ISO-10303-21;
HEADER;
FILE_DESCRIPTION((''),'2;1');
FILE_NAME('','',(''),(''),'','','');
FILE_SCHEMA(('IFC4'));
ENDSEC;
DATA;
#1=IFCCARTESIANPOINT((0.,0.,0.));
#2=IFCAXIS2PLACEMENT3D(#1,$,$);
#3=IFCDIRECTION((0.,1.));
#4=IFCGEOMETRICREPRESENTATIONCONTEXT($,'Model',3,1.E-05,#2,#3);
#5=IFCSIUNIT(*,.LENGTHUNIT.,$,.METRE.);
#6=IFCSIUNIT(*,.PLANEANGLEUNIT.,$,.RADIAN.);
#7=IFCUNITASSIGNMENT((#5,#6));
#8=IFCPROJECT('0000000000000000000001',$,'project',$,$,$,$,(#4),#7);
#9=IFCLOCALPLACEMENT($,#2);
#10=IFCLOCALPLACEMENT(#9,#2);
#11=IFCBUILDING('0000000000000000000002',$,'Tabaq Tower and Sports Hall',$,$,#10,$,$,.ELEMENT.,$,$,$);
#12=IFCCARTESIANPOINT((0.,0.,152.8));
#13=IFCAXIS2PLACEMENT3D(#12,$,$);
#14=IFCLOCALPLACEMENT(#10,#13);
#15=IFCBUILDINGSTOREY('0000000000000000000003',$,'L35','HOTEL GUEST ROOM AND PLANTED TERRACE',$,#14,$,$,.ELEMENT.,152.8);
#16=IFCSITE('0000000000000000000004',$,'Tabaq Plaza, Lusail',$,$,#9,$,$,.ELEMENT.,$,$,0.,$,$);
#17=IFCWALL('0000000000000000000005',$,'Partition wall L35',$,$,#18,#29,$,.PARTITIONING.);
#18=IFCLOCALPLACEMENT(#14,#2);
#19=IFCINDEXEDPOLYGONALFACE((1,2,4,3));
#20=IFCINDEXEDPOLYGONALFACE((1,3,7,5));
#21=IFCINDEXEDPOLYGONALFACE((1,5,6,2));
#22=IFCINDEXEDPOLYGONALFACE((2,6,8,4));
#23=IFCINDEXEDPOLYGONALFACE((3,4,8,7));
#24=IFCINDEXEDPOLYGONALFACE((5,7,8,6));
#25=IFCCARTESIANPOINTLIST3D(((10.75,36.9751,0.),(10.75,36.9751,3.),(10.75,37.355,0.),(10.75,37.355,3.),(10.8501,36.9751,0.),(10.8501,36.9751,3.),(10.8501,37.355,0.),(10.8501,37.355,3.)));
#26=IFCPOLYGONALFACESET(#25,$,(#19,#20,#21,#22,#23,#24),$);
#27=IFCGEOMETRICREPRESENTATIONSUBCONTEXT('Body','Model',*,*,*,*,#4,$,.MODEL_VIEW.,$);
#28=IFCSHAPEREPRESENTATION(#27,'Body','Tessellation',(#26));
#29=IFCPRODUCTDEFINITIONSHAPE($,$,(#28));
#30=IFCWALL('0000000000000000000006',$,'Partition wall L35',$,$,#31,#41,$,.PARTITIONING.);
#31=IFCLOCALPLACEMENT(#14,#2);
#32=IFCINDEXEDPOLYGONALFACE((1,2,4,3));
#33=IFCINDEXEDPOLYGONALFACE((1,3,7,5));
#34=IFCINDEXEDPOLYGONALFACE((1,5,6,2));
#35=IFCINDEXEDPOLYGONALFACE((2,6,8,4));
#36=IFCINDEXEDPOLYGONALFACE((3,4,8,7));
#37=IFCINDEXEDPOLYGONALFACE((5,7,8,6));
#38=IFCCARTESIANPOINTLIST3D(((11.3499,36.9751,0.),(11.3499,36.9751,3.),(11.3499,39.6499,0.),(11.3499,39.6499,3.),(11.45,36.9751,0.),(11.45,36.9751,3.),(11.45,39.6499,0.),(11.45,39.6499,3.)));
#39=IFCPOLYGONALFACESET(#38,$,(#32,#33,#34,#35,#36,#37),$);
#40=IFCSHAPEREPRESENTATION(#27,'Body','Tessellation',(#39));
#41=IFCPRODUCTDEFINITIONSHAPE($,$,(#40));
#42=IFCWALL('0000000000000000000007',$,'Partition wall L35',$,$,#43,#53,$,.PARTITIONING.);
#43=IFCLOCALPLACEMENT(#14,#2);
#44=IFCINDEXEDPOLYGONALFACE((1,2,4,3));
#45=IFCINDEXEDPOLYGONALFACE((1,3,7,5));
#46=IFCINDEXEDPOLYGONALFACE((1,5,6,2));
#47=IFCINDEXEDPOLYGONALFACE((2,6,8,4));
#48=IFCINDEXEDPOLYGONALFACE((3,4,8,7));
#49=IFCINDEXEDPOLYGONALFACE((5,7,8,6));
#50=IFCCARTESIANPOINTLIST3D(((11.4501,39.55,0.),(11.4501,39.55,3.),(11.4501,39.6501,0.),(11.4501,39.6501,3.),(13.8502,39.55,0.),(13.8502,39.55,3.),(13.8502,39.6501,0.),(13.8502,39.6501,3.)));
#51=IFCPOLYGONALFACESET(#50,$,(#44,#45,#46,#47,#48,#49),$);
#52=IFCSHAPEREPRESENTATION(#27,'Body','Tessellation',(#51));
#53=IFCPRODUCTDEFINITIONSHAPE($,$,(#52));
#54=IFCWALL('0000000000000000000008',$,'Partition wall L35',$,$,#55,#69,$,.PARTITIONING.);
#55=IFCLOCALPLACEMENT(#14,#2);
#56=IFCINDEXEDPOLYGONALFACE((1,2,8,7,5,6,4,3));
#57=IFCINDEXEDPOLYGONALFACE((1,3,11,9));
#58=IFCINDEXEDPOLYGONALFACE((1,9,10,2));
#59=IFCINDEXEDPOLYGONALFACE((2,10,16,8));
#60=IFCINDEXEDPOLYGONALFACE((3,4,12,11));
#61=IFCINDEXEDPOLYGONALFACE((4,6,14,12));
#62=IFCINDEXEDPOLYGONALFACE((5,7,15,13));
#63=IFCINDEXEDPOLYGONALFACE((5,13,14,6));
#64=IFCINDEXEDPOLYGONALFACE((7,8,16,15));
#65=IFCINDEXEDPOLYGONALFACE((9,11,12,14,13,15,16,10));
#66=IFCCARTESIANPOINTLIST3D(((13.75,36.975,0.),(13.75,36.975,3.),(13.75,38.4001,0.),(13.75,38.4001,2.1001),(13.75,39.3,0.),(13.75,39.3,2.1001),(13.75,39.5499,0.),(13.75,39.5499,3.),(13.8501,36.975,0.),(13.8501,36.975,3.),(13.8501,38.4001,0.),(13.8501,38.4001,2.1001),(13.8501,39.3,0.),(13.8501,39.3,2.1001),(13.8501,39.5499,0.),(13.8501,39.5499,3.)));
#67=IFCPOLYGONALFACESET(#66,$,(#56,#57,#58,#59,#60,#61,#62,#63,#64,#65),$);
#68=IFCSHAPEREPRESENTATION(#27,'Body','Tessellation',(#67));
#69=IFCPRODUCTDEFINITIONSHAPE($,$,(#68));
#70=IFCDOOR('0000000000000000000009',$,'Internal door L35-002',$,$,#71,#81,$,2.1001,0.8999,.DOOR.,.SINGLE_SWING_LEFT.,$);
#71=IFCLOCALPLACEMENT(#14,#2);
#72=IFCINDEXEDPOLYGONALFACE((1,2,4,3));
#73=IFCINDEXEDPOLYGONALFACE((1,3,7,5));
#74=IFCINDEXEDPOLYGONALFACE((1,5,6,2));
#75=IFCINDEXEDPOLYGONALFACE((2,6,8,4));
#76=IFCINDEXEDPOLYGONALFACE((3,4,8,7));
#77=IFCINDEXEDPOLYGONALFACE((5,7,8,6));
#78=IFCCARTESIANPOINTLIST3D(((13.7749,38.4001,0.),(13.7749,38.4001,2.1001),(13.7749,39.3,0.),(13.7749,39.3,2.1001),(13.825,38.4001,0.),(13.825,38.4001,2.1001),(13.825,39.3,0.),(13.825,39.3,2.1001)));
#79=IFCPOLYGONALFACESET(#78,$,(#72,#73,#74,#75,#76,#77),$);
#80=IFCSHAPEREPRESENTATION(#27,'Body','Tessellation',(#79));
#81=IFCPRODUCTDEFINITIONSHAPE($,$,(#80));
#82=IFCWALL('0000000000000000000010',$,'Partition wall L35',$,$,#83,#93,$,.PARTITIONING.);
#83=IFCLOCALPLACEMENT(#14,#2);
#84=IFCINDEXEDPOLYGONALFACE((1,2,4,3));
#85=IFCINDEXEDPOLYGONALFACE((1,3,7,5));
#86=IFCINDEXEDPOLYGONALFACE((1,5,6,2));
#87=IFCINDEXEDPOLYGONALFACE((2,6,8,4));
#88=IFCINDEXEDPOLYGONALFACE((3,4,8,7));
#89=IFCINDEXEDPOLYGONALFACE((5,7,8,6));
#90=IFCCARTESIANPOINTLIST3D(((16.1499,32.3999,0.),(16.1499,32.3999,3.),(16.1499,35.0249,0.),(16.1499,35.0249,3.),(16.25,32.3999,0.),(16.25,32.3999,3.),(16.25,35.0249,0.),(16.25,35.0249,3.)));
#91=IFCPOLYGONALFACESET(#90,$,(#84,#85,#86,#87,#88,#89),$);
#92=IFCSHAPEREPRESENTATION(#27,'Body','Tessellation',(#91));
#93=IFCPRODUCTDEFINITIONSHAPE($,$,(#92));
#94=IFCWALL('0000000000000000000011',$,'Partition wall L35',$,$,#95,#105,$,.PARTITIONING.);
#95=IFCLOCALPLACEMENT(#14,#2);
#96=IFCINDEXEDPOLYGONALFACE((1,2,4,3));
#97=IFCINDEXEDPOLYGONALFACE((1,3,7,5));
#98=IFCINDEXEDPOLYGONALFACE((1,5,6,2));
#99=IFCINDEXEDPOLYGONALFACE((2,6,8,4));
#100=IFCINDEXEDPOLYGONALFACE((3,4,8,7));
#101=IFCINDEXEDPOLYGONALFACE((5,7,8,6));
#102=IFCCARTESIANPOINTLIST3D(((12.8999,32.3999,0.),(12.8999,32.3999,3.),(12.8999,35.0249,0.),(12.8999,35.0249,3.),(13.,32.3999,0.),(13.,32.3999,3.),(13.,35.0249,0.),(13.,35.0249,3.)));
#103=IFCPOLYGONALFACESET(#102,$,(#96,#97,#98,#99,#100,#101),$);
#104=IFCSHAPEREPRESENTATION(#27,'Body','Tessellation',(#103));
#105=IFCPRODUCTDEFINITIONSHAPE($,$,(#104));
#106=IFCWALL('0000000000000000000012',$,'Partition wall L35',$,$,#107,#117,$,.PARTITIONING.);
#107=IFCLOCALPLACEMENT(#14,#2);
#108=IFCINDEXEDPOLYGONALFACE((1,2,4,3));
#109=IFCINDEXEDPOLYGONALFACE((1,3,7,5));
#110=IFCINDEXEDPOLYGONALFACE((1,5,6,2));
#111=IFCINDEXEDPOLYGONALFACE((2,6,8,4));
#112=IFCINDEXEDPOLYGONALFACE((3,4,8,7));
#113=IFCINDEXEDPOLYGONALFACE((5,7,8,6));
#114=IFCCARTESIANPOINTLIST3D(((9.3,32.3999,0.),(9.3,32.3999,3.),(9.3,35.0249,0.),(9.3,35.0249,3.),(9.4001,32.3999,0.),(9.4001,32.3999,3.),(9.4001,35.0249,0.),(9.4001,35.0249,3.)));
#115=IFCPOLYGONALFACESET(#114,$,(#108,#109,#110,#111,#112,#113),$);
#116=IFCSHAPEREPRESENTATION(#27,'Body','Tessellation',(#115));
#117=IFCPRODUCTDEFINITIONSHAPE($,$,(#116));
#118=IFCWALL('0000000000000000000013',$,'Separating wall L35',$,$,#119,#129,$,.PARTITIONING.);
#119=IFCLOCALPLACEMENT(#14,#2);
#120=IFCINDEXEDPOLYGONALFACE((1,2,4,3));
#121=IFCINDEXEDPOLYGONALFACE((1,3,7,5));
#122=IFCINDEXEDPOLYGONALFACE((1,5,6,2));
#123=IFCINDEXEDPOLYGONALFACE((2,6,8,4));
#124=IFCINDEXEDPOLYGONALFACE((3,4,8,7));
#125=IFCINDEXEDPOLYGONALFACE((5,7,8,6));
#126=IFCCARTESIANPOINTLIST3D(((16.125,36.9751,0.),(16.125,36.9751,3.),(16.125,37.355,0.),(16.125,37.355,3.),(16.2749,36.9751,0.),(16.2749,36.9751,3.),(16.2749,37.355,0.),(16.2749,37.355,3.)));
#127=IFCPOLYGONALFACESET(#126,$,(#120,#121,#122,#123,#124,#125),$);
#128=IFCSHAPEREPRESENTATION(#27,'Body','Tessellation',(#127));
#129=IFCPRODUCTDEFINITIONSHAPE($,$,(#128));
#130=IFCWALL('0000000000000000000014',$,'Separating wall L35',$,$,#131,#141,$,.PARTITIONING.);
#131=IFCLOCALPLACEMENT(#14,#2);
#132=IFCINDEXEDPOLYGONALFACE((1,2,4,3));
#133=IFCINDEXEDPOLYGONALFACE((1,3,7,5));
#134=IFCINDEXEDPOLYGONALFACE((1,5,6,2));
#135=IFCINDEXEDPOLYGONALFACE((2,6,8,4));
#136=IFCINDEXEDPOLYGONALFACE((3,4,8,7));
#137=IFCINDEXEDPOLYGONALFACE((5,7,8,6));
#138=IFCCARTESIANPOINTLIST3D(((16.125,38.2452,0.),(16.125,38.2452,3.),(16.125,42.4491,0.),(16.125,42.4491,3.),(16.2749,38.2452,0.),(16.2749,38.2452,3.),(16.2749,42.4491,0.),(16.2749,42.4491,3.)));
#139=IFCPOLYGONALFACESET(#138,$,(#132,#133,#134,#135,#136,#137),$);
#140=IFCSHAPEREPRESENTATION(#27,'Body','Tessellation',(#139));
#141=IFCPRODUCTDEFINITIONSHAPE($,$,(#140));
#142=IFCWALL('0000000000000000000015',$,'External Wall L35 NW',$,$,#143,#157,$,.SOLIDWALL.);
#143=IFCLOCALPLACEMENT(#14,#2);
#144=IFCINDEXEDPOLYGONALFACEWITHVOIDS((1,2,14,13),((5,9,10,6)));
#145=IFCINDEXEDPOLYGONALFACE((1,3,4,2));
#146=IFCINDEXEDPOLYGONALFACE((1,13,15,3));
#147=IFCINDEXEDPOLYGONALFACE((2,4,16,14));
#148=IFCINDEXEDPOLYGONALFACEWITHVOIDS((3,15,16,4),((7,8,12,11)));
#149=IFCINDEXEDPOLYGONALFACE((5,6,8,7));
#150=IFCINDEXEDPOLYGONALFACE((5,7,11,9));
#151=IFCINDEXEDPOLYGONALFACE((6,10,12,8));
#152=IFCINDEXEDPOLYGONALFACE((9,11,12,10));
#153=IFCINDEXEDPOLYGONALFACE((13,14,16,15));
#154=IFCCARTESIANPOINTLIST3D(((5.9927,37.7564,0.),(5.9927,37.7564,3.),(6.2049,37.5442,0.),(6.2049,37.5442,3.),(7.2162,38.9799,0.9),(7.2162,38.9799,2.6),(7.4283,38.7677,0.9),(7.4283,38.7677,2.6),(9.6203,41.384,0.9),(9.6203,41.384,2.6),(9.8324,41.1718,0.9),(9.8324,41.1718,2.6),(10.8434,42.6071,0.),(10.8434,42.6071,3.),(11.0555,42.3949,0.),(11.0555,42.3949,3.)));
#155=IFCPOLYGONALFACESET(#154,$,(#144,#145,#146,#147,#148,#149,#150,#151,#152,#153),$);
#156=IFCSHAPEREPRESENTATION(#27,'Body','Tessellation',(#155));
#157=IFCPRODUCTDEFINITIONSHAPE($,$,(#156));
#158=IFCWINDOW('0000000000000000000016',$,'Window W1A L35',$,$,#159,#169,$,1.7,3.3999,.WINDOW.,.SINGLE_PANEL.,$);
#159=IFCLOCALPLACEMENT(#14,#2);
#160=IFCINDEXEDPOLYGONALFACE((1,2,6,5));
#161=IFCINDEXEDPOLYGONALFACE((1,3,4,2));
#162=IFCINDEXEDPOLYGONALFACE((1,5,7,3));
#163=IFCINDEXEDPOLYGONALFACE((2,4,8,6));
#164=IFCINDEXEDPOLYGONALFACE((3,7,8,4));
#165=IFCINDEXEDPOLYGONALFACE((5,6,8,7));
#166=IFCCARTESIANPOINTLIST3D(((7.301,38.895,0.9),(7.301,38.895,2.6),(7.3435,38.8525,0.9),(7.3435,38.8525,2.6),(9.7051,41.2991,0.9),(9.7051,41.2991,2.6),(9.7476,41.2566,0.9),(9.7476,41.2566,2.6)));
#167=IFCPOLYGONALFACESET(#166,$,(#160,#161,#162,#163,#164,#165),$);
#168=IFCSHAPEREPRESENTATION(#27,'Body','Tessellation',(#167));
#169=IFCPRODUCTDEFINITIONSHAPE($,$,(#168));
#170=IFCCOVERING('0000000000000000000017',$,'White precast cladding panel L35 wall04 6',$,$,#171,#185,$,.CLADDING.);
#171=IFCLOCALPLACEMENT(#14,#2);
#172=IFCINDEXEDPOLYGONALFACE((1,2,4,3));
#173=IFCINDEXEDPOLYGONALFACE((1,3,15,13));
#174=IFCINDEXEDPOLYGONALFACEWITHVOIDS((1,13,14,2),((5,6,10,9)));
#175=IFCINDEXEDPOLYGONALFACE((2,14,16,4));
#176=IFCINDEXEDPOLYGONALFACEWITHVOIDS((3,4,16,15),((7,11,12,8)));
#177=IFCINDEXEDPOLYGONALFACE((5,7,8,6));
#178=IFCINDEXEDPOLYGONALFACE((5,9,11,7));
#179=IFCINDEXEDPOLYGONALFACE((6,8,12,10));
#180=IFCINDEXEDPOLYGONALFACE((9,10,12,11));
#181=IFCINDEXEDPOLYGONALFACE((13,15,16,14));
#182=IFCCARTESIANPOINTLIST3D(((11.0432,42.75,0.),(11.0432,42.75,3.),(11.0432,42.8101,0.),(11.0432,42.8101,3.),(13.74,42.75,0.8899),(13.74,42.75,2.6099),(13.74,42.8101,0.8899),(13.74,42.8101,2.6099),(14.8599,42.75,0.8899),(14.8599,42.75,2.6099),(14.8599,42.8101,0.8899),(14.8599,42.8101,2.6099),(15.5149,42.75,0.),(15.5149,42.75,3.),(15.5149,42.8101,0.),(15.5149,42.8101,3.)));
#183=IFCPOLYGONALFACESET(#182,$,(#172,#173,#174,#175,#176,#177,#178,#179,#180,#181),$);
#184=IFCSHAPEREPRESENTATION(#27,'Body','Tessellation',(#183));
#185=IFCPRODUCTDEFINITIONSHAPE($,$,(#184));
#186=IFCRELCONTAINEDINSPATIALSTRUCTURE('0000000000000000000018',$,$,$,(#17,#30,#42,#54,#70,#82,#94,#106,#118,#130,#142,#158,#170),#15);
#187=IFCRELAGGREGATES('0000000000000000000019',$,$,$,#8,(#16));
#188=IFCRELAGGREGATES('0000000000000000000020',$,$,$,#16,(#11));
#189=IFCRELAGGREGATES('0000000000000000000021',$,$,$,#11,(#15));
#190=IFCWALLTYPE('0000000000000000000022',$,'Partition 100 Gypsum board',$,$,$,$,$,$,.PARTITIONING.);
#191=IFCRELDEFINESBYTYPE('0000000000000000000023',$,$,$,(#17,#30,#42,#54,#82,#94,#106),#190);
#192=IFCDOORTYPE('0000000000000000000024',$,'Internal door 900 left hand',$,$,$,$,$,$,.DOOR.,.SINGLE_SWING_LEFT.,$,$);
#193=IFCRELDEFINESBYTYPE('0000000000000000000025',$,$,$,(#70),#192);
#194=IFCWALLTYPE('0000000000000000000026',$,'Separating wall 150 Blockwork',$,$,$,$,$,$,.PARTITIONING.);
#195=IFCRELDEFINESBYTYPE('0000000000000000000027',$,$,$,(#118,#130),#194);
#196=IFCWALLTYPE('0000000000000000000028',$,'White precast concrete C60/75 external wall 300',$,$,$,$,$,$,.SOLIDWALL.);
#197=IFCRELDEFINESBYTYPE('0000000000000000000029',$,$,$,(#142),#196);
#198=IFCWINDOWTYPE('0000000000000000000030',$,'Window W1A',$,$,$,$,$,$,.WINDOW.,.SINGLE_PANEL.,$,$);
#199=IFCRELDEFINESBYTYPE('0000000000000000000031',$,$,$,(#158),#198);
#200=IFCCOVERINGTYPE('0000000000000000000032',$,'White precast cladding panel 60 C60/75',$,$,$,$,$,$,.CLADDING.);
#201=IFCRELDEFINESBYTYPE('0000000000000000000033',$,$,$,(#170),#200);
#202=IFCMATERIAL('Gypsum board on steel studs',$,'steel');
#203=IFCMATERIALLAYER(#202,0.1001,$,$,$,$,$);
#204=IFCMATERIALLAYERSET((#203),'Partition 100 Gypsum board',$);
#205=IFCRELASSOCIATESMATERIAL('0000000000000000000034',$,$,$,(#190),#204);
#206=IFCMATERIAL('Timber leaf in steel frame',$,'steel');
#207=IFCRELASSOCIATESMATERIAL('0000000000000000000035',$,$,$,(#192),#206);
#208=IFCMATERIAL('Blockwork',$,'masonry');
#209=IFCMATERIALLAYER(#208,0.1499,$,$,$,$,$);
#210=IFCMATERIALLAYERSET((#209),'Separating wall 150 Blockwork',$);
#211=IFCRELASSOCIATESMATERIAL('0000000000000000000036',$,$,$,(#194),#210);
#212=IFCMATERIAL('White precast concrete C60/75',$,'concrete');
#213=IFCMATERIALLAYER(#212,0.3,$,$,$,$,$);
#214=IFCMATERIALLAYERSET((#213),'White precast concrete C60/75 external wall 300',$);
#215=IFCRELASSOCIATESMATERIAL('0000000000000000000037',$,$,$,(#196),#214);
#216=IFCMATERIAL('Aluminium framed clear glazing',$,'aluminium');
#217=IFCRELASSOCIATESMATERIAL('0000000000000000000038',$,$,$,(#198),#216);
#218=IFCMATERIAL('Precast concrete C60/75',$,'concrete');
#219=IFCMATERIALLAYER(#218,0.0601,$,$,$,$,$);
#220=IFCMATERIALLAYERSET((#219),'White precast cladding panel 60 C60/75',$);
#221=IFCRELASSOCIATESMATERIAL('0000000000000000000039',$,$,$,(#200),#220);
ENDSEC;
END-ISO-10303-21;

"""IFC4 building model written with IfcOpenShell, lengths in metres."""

from ifc_helpers import new_model, si_unit, direction, frame, frame_2d, origin, place, context, subcontext, project, spatial, polyline, rectangle, outline, extrude, material, layer, layer_set, type_object, element, fill, save


model = new_model("IFC4")

# Units and contexts
model_context = context("Model", 3, precision=1e-05, world=origin(), true_north=direction((0.0, 1.0)))
body_context = subcontext(model_context, "Body", "Model", "MODEL_VIEW")
ifc_project = project(units=[si_unit("LENGTHUNIT", "METRE"), si_unit("PLANEANGLEUNIT", "RADIAN")], contexts=[model_context])

# Site, building, storey
site_placement = place(None, origin())
site = spatial("IfcSite", under=ifc_project, at=site_placement, Name="Tabaq Plaza, Lusail", CompositionType="ELEMENT", RefElevation=0.0)
building_placement = place(site_placement, origin())
building = spatial("IfcBuilding", under=site, at=building_placement, Name="Tabaq Tower and Sports Hall", CompositionType="ELEMENT")
storey_placement = place(building_placement, frame((0.0, 0.0, 152.8)))
storey = spatial("IfcBuildingStorey", under=building, at=storey_placement, Name="L35", Description="HOTEL GUEST ROOM AND PLANTED TERRACE", CompositionType="ELEMENT", Elevation=152.8)

# Shared definitions
ifc_material_1 = material(Name="Gypsum board on steel studs", Category="steel")
ifc_layer_1 = layer(ifc_material_1, 0.1001)
ifc_layer_set_1 = layer_set([ifc_layer_1], Name="Partition 100 Gypsum board")
wall_type_1 = type_object("IfcWallType", Name="Partition 100 Gypsum board", PredefinedType="PARTITIONING", material=ifc_layer_set_1)

# Walls
wall_1_placement = place(storey_placement, frame((10.8, 37.355, 0.0), z_axis=(0.0, 0.0, 1.0), x_axis=(0.0, -1.0, 0.0)))
element("IfcWall", 1, at=wall_1_placement, inside=storey, type_object=wall_type_1, Name="Partition wall L35", PredefinedType="PARTITIONING", context=body_context, shape_type="SweptSolid", body=[
    extrude(rectangle(XDim=0.3799, YDim=0.1001, at=frame_2d((0.1899, 0.0))), origin(), (0.0, 0.0, 1.0), 3.0),
])
wall_2_placement = place(storey_placement, frame((11.3999, 36.9751, 0.0), z_axis=(0.0, 0.0, 1.0), x_axis=(0.0, 1.0, 0.0)))
element("IfcWall", 2, at=wall_2_placement, inside=storey, type_object=wall_type_1, Name="Partition wall L35", PredefinedType="PARTITIONING", context=body_context, shape_type="SweptSolid", body=[
    extrude(rectangle(XDim=2.6748, YDim=0.1001, at=frame_2d((1.3374, 0.0))), origin(), (0.0, 0.0, 1.0), 3.0),
])
wall_3_placement = place(storey_placement, frame((11.45, 39.6001, 0.0), z_axis=(0.0, 0.0, 1.0), x_axis=(1.0, 0.0, 0.0)))
element("IfcWall", 3, at=wall_3_placement, inside=storey, type_object=wall_type_1, Name="Partition wall L35", PredefinedType="PARTITIONING", context=body_context, shape_type="SweptSolid", body=[
    extrude(rectangle(XDim=2.4001, YDim=0.1001, at=frame_2d((1.2002, 0.0))), origin(), (0.0, 0.0, 1.0), 3.0),
])

# Wall, opening, door
wall_4_placement = place(storey_placement, frame((13.8, 39.55, 0.0), z_axis=(0.0, 0.0, 1.0), x_axis=(0.0, -1.0, 0.0)))
wall_4 = element("IfcWall", 4, at=wall_4_placement, inside=storey, type_object=wall_type_1, Name="Partition wall L35", PredefinedType="PARTITIONING", context=body_context, shape_type="SweptSolid", body=[
    extrude(rectangle(XDim=2.575, YDim=0.1001, at=frame_2d((1.2876, 0.0))), origin(), (0.0, 0.0, 1.0), 3.0),
])
opening_1_placement = place(wall_4_placement, frame((0.25, 0.0, 0.0)))
opening_1 = element("IfcOpeningElement", 5, at=opening_1_placement, cuts=wall_4, PredefinedType="OPENING", context=body_context, shape_type="SweptSolid", body=[
    extrude(rectangle(XDim=0.8999, YDim=2.1001, at=frame_2d((0.45, 1.05))), frame((0.0, 0.05, 0.0), z_axis=(0.0, -1.0, 0.0), x_axis=(1.0, 0.0, 0.0)), (0.0, 0.0, 1.0), 0.1001),
])
ifc_material_2 = material(Name="Timber leaf in steel frame", Category="steel")
door_type_1 = type_object("IfcDoorType", Name="Internal door 900 left hand", OperationType="SINGLE_SWING_LEFT", PredefinedType="DOOR", material=ifc_material_2)
door_1_placement = place(opening_1_placement, origin())
door_1 = element("IfcDoor", 6, at=door_1_placement, inside=storey, type_object=door_type_1, Name="Internal door L35-002", OperationType="SINGLE_SWING_LEFT", OverallHeight=2.1001, OverallWidth=0.8999, PredefinedType="DOOR", context=body_context, shape_type="SweptSolid", body=[
    extrude(rectangle(XDim=0.8999, YDim=2.1001, at=frame_2d((0.45, 1.05))), frame((0.0, 0.0249, 0.0), z_axis=(0.0, -1.0, 0.0), x_axis=(1.0, 0.0, 0.0)), (0.0, 0.0, 1.0), 0.05),
])
fill(opening_1, door_1)

# Walls
for number, where, z_axis, x_axis, name in (
    (7, (16.2, 35.0249, 0.0), (0.0, 0.0, 1.0), (0.0, -1.0, 0.0), "Partition wall L35"),
    (8, (12.95, 32.3999, 0.0), (0.0, 0.0, 1.0), (0.0, 1.0, 0.0), "Partition wall L35"),
    (9, (9.3501, 35.0249, 0.0), (0.0, 0.0, 1.0), (0.0, -1.0, 0.0), "Partition wall L35"),
):
    element("IfcWall", number, at=place(storey_placement, frame(where, z_axis=z_axis, x_axis=x_axis)), inside=storey, type_object=wall_type_1, Name=name, PredefinedType="PARTITIONING", context=body_context, shape_type="SweptSolid", body=[
        extrude(rectangle(XDim=2.625, YDim=0.1001, at=frame_2d((1.3125, 0.0))), origin(), (0.0, 0.0, 1.0), 3.0),
    ])
ifc_material_3 = material(Name="Blockwork", Category="masonry")
ifc_layer_2 = layer(ifc_material_3, 0.1499)
ifc_layer_set_2 = layer_set([ifc_layer_2], Name="Separating wall 150 Blockwork")
wall_type_2 = type_object("IfcWallType", Name="Separating wall 150 Blockwork", PredefinedType="PARTITIONING", material=ifc_layer_set_2)
wall_5_placement = place(storey_placement, frame((16.2, 36.9751, 0.0), z_axis=(0.0, 0.0, 1.0), x_axis=(0.0, 1.0, 0.0)))
element("IfcWall", 10, at=wall_5_placement, inside=storey, type_object=wall_type_2, Name="Separating wall L35", PredefinedType="PARTITIONING", context=body_context, shape_type="SweptSolid", body=[
    extrude(rectangle(XDim=0.3799, YDim=0.1499, at=frame_2d((0.1899, 0.0))), origin(), (0.0, 0.0, 1.0), 3.0),
])
wall_6_placement = place(storey_placement, frame((16.2, 38.2451, 0.0), z_axis=(0.0, 0.0, 1.0), x_axis=(0.0, 1.0, 0.0)))
element("IfcWall", 11, at=wall_6_placement, inside=storey, type_object=wall_type_2, Name="Separating wall L35", PredefinedType="PARTITIONING", context=body_context, shape_type="SweptSolid", body=[
    extrude(rectangle(XDim=4.2039, YDim=0.1499, at=frame_2d((2.1021, 0.0))), origin(), (0.0, 0.0, 1.0), 3.0),
])

# Wall, opening, window
ifc_material_4 = material(Name="White precast concrete C60/75", Category="concrete")
ifc_layer_3 = layer(ifc_material_4, 0.3)
ifc_layer_set_3 = layer_set([ifc_layer_3], Name="White precast concrete C60/75 external wall 300")
wall_type_3 = type_object("IfcWallType", Name="White precast concrete C60/75 external wall 300", PredefinedType="SOLIDWALL", material=ifc_layer_set_3)
wall_7_placement = place(storey_placement, frame((10.9495, 42.501, 0.0), z_axis=(0.0, 0.0, 1.0), x_axis=(-0.707107, -0.707107, 0.0)))
wall_7 = element("IfcWall", 12, at=wall_7_placement, inside=storey, type_object=wall_type_3, Name="External Wall L35 NW", PredefinedType="SOLIDWALL", context=body_context, shape_type="SweptSolid", body=[
    extrude(rectangle(XDim=6.8599, YDim=0.3, at=frame_2d((3.4299, 0.0))), origin(), (0.0, 0.0, 1.0), 3.0),
])
opening_2_placement = place(wall_7_placement, frame((1.7297, 0.0, 0.8999)))
opening_2 = element("IfcOpeningElement", 13, at=opening_2_placement, cuts=wall_7, PredefinedType="OPENING", context=body_context, shape_type="SweptSolid", body=[
    extrude(rectangle(XDim=3.3999, YDim=1.7, at=frame_2d((1.7, 0.8501))), frame((0.0, 0.1602, 0.0), z_axis=(0.0, -1.0, 0.0), x_axis=(1.0, 0.0, 0.0)), (0.0, 0.0, 1.0), 0.3201),
])
ifc_material_5 = material(Name="Aluminium framed clear glazing", Category="aluminium")
window_type = type_object("IfcWindowType", Name="Window W1A", PartitioningType="SINGLE_PANEL", PredefinedType="WINDOW", material=ifc_material_5)
window_placement = place(opening_2_placement, origin())
window = element("IfcWindow", 14, at=window_placement, inside=storey, type_object=window_type, Name="Window W1A L35", OverallHeight=1.7, OverallWidth=3.3999, PartitioningType="SINGLE_PANEL", PredefinedType="WINDOW", context=body_context, shape_type="SweptSolid", body=[
    extrude(rectangle(XDim=3.3999, YDim=1.7, at=frame_2d((1.7, 0.8501))), frame((0.0, 0.03, 0.0), z_axis=(0.0, -1.0, 0.0), x_axis=(1.0, 0.0, 0.0)), (0.0, 0.0, 1.0), 0.0601),
])
fill(opening_2, window)

# Covering
ifc_material_6 = material(Name="Precast concrete C60/75", Category="concrete")
ifc_layer_4 = layer(ifc_material_6, 0.0601)
ifc_layer_set_4 = layer_set([ifc_layer_4], Name="White precast cladding panel 60 C60/75")
covering_type = type_object("IfcCoveringType", Name="White precast cladding panel 60 C60/75", PredefinedType="CLADDING", material=ifc_layer_set_4)
covering_1_placement = place(storey_placement, frame((15.5149, 42.78, 0.0), z_axis=(0.0, 0.0, 1.0), x_axis=(-1.0, 0.0, 0.0)))
element("IfcCovering", 15, at=covering_1_placement, inside=storey, type_object=covering_type, Name="White precast cladding panel L35 wall04 6", PredefinedType="CLADDING", context=body_context, shape_type="SweptSolid", body=[
    extrude(outline(polyline([(0.0, 0.0), (4.4717, 0.0), (4.4717, 3.0), (0.0, 3.0), (0.0, 0.0)]), holes=[polyline([(0.655, 0.8899), (0.655, 2.6099), (1.7749, 2.6099), (1.7749, 0.8899), (0.655, 0.8899)])]), frame((0.0, 0.03, 0.0), z_axis=(0.0, -1.0, 0.0), x_axis=(1.0, 0.0, 0.0)), (0.0, 0.0, 1.0), 0.0601),
])

save(model, "model.ifc")
